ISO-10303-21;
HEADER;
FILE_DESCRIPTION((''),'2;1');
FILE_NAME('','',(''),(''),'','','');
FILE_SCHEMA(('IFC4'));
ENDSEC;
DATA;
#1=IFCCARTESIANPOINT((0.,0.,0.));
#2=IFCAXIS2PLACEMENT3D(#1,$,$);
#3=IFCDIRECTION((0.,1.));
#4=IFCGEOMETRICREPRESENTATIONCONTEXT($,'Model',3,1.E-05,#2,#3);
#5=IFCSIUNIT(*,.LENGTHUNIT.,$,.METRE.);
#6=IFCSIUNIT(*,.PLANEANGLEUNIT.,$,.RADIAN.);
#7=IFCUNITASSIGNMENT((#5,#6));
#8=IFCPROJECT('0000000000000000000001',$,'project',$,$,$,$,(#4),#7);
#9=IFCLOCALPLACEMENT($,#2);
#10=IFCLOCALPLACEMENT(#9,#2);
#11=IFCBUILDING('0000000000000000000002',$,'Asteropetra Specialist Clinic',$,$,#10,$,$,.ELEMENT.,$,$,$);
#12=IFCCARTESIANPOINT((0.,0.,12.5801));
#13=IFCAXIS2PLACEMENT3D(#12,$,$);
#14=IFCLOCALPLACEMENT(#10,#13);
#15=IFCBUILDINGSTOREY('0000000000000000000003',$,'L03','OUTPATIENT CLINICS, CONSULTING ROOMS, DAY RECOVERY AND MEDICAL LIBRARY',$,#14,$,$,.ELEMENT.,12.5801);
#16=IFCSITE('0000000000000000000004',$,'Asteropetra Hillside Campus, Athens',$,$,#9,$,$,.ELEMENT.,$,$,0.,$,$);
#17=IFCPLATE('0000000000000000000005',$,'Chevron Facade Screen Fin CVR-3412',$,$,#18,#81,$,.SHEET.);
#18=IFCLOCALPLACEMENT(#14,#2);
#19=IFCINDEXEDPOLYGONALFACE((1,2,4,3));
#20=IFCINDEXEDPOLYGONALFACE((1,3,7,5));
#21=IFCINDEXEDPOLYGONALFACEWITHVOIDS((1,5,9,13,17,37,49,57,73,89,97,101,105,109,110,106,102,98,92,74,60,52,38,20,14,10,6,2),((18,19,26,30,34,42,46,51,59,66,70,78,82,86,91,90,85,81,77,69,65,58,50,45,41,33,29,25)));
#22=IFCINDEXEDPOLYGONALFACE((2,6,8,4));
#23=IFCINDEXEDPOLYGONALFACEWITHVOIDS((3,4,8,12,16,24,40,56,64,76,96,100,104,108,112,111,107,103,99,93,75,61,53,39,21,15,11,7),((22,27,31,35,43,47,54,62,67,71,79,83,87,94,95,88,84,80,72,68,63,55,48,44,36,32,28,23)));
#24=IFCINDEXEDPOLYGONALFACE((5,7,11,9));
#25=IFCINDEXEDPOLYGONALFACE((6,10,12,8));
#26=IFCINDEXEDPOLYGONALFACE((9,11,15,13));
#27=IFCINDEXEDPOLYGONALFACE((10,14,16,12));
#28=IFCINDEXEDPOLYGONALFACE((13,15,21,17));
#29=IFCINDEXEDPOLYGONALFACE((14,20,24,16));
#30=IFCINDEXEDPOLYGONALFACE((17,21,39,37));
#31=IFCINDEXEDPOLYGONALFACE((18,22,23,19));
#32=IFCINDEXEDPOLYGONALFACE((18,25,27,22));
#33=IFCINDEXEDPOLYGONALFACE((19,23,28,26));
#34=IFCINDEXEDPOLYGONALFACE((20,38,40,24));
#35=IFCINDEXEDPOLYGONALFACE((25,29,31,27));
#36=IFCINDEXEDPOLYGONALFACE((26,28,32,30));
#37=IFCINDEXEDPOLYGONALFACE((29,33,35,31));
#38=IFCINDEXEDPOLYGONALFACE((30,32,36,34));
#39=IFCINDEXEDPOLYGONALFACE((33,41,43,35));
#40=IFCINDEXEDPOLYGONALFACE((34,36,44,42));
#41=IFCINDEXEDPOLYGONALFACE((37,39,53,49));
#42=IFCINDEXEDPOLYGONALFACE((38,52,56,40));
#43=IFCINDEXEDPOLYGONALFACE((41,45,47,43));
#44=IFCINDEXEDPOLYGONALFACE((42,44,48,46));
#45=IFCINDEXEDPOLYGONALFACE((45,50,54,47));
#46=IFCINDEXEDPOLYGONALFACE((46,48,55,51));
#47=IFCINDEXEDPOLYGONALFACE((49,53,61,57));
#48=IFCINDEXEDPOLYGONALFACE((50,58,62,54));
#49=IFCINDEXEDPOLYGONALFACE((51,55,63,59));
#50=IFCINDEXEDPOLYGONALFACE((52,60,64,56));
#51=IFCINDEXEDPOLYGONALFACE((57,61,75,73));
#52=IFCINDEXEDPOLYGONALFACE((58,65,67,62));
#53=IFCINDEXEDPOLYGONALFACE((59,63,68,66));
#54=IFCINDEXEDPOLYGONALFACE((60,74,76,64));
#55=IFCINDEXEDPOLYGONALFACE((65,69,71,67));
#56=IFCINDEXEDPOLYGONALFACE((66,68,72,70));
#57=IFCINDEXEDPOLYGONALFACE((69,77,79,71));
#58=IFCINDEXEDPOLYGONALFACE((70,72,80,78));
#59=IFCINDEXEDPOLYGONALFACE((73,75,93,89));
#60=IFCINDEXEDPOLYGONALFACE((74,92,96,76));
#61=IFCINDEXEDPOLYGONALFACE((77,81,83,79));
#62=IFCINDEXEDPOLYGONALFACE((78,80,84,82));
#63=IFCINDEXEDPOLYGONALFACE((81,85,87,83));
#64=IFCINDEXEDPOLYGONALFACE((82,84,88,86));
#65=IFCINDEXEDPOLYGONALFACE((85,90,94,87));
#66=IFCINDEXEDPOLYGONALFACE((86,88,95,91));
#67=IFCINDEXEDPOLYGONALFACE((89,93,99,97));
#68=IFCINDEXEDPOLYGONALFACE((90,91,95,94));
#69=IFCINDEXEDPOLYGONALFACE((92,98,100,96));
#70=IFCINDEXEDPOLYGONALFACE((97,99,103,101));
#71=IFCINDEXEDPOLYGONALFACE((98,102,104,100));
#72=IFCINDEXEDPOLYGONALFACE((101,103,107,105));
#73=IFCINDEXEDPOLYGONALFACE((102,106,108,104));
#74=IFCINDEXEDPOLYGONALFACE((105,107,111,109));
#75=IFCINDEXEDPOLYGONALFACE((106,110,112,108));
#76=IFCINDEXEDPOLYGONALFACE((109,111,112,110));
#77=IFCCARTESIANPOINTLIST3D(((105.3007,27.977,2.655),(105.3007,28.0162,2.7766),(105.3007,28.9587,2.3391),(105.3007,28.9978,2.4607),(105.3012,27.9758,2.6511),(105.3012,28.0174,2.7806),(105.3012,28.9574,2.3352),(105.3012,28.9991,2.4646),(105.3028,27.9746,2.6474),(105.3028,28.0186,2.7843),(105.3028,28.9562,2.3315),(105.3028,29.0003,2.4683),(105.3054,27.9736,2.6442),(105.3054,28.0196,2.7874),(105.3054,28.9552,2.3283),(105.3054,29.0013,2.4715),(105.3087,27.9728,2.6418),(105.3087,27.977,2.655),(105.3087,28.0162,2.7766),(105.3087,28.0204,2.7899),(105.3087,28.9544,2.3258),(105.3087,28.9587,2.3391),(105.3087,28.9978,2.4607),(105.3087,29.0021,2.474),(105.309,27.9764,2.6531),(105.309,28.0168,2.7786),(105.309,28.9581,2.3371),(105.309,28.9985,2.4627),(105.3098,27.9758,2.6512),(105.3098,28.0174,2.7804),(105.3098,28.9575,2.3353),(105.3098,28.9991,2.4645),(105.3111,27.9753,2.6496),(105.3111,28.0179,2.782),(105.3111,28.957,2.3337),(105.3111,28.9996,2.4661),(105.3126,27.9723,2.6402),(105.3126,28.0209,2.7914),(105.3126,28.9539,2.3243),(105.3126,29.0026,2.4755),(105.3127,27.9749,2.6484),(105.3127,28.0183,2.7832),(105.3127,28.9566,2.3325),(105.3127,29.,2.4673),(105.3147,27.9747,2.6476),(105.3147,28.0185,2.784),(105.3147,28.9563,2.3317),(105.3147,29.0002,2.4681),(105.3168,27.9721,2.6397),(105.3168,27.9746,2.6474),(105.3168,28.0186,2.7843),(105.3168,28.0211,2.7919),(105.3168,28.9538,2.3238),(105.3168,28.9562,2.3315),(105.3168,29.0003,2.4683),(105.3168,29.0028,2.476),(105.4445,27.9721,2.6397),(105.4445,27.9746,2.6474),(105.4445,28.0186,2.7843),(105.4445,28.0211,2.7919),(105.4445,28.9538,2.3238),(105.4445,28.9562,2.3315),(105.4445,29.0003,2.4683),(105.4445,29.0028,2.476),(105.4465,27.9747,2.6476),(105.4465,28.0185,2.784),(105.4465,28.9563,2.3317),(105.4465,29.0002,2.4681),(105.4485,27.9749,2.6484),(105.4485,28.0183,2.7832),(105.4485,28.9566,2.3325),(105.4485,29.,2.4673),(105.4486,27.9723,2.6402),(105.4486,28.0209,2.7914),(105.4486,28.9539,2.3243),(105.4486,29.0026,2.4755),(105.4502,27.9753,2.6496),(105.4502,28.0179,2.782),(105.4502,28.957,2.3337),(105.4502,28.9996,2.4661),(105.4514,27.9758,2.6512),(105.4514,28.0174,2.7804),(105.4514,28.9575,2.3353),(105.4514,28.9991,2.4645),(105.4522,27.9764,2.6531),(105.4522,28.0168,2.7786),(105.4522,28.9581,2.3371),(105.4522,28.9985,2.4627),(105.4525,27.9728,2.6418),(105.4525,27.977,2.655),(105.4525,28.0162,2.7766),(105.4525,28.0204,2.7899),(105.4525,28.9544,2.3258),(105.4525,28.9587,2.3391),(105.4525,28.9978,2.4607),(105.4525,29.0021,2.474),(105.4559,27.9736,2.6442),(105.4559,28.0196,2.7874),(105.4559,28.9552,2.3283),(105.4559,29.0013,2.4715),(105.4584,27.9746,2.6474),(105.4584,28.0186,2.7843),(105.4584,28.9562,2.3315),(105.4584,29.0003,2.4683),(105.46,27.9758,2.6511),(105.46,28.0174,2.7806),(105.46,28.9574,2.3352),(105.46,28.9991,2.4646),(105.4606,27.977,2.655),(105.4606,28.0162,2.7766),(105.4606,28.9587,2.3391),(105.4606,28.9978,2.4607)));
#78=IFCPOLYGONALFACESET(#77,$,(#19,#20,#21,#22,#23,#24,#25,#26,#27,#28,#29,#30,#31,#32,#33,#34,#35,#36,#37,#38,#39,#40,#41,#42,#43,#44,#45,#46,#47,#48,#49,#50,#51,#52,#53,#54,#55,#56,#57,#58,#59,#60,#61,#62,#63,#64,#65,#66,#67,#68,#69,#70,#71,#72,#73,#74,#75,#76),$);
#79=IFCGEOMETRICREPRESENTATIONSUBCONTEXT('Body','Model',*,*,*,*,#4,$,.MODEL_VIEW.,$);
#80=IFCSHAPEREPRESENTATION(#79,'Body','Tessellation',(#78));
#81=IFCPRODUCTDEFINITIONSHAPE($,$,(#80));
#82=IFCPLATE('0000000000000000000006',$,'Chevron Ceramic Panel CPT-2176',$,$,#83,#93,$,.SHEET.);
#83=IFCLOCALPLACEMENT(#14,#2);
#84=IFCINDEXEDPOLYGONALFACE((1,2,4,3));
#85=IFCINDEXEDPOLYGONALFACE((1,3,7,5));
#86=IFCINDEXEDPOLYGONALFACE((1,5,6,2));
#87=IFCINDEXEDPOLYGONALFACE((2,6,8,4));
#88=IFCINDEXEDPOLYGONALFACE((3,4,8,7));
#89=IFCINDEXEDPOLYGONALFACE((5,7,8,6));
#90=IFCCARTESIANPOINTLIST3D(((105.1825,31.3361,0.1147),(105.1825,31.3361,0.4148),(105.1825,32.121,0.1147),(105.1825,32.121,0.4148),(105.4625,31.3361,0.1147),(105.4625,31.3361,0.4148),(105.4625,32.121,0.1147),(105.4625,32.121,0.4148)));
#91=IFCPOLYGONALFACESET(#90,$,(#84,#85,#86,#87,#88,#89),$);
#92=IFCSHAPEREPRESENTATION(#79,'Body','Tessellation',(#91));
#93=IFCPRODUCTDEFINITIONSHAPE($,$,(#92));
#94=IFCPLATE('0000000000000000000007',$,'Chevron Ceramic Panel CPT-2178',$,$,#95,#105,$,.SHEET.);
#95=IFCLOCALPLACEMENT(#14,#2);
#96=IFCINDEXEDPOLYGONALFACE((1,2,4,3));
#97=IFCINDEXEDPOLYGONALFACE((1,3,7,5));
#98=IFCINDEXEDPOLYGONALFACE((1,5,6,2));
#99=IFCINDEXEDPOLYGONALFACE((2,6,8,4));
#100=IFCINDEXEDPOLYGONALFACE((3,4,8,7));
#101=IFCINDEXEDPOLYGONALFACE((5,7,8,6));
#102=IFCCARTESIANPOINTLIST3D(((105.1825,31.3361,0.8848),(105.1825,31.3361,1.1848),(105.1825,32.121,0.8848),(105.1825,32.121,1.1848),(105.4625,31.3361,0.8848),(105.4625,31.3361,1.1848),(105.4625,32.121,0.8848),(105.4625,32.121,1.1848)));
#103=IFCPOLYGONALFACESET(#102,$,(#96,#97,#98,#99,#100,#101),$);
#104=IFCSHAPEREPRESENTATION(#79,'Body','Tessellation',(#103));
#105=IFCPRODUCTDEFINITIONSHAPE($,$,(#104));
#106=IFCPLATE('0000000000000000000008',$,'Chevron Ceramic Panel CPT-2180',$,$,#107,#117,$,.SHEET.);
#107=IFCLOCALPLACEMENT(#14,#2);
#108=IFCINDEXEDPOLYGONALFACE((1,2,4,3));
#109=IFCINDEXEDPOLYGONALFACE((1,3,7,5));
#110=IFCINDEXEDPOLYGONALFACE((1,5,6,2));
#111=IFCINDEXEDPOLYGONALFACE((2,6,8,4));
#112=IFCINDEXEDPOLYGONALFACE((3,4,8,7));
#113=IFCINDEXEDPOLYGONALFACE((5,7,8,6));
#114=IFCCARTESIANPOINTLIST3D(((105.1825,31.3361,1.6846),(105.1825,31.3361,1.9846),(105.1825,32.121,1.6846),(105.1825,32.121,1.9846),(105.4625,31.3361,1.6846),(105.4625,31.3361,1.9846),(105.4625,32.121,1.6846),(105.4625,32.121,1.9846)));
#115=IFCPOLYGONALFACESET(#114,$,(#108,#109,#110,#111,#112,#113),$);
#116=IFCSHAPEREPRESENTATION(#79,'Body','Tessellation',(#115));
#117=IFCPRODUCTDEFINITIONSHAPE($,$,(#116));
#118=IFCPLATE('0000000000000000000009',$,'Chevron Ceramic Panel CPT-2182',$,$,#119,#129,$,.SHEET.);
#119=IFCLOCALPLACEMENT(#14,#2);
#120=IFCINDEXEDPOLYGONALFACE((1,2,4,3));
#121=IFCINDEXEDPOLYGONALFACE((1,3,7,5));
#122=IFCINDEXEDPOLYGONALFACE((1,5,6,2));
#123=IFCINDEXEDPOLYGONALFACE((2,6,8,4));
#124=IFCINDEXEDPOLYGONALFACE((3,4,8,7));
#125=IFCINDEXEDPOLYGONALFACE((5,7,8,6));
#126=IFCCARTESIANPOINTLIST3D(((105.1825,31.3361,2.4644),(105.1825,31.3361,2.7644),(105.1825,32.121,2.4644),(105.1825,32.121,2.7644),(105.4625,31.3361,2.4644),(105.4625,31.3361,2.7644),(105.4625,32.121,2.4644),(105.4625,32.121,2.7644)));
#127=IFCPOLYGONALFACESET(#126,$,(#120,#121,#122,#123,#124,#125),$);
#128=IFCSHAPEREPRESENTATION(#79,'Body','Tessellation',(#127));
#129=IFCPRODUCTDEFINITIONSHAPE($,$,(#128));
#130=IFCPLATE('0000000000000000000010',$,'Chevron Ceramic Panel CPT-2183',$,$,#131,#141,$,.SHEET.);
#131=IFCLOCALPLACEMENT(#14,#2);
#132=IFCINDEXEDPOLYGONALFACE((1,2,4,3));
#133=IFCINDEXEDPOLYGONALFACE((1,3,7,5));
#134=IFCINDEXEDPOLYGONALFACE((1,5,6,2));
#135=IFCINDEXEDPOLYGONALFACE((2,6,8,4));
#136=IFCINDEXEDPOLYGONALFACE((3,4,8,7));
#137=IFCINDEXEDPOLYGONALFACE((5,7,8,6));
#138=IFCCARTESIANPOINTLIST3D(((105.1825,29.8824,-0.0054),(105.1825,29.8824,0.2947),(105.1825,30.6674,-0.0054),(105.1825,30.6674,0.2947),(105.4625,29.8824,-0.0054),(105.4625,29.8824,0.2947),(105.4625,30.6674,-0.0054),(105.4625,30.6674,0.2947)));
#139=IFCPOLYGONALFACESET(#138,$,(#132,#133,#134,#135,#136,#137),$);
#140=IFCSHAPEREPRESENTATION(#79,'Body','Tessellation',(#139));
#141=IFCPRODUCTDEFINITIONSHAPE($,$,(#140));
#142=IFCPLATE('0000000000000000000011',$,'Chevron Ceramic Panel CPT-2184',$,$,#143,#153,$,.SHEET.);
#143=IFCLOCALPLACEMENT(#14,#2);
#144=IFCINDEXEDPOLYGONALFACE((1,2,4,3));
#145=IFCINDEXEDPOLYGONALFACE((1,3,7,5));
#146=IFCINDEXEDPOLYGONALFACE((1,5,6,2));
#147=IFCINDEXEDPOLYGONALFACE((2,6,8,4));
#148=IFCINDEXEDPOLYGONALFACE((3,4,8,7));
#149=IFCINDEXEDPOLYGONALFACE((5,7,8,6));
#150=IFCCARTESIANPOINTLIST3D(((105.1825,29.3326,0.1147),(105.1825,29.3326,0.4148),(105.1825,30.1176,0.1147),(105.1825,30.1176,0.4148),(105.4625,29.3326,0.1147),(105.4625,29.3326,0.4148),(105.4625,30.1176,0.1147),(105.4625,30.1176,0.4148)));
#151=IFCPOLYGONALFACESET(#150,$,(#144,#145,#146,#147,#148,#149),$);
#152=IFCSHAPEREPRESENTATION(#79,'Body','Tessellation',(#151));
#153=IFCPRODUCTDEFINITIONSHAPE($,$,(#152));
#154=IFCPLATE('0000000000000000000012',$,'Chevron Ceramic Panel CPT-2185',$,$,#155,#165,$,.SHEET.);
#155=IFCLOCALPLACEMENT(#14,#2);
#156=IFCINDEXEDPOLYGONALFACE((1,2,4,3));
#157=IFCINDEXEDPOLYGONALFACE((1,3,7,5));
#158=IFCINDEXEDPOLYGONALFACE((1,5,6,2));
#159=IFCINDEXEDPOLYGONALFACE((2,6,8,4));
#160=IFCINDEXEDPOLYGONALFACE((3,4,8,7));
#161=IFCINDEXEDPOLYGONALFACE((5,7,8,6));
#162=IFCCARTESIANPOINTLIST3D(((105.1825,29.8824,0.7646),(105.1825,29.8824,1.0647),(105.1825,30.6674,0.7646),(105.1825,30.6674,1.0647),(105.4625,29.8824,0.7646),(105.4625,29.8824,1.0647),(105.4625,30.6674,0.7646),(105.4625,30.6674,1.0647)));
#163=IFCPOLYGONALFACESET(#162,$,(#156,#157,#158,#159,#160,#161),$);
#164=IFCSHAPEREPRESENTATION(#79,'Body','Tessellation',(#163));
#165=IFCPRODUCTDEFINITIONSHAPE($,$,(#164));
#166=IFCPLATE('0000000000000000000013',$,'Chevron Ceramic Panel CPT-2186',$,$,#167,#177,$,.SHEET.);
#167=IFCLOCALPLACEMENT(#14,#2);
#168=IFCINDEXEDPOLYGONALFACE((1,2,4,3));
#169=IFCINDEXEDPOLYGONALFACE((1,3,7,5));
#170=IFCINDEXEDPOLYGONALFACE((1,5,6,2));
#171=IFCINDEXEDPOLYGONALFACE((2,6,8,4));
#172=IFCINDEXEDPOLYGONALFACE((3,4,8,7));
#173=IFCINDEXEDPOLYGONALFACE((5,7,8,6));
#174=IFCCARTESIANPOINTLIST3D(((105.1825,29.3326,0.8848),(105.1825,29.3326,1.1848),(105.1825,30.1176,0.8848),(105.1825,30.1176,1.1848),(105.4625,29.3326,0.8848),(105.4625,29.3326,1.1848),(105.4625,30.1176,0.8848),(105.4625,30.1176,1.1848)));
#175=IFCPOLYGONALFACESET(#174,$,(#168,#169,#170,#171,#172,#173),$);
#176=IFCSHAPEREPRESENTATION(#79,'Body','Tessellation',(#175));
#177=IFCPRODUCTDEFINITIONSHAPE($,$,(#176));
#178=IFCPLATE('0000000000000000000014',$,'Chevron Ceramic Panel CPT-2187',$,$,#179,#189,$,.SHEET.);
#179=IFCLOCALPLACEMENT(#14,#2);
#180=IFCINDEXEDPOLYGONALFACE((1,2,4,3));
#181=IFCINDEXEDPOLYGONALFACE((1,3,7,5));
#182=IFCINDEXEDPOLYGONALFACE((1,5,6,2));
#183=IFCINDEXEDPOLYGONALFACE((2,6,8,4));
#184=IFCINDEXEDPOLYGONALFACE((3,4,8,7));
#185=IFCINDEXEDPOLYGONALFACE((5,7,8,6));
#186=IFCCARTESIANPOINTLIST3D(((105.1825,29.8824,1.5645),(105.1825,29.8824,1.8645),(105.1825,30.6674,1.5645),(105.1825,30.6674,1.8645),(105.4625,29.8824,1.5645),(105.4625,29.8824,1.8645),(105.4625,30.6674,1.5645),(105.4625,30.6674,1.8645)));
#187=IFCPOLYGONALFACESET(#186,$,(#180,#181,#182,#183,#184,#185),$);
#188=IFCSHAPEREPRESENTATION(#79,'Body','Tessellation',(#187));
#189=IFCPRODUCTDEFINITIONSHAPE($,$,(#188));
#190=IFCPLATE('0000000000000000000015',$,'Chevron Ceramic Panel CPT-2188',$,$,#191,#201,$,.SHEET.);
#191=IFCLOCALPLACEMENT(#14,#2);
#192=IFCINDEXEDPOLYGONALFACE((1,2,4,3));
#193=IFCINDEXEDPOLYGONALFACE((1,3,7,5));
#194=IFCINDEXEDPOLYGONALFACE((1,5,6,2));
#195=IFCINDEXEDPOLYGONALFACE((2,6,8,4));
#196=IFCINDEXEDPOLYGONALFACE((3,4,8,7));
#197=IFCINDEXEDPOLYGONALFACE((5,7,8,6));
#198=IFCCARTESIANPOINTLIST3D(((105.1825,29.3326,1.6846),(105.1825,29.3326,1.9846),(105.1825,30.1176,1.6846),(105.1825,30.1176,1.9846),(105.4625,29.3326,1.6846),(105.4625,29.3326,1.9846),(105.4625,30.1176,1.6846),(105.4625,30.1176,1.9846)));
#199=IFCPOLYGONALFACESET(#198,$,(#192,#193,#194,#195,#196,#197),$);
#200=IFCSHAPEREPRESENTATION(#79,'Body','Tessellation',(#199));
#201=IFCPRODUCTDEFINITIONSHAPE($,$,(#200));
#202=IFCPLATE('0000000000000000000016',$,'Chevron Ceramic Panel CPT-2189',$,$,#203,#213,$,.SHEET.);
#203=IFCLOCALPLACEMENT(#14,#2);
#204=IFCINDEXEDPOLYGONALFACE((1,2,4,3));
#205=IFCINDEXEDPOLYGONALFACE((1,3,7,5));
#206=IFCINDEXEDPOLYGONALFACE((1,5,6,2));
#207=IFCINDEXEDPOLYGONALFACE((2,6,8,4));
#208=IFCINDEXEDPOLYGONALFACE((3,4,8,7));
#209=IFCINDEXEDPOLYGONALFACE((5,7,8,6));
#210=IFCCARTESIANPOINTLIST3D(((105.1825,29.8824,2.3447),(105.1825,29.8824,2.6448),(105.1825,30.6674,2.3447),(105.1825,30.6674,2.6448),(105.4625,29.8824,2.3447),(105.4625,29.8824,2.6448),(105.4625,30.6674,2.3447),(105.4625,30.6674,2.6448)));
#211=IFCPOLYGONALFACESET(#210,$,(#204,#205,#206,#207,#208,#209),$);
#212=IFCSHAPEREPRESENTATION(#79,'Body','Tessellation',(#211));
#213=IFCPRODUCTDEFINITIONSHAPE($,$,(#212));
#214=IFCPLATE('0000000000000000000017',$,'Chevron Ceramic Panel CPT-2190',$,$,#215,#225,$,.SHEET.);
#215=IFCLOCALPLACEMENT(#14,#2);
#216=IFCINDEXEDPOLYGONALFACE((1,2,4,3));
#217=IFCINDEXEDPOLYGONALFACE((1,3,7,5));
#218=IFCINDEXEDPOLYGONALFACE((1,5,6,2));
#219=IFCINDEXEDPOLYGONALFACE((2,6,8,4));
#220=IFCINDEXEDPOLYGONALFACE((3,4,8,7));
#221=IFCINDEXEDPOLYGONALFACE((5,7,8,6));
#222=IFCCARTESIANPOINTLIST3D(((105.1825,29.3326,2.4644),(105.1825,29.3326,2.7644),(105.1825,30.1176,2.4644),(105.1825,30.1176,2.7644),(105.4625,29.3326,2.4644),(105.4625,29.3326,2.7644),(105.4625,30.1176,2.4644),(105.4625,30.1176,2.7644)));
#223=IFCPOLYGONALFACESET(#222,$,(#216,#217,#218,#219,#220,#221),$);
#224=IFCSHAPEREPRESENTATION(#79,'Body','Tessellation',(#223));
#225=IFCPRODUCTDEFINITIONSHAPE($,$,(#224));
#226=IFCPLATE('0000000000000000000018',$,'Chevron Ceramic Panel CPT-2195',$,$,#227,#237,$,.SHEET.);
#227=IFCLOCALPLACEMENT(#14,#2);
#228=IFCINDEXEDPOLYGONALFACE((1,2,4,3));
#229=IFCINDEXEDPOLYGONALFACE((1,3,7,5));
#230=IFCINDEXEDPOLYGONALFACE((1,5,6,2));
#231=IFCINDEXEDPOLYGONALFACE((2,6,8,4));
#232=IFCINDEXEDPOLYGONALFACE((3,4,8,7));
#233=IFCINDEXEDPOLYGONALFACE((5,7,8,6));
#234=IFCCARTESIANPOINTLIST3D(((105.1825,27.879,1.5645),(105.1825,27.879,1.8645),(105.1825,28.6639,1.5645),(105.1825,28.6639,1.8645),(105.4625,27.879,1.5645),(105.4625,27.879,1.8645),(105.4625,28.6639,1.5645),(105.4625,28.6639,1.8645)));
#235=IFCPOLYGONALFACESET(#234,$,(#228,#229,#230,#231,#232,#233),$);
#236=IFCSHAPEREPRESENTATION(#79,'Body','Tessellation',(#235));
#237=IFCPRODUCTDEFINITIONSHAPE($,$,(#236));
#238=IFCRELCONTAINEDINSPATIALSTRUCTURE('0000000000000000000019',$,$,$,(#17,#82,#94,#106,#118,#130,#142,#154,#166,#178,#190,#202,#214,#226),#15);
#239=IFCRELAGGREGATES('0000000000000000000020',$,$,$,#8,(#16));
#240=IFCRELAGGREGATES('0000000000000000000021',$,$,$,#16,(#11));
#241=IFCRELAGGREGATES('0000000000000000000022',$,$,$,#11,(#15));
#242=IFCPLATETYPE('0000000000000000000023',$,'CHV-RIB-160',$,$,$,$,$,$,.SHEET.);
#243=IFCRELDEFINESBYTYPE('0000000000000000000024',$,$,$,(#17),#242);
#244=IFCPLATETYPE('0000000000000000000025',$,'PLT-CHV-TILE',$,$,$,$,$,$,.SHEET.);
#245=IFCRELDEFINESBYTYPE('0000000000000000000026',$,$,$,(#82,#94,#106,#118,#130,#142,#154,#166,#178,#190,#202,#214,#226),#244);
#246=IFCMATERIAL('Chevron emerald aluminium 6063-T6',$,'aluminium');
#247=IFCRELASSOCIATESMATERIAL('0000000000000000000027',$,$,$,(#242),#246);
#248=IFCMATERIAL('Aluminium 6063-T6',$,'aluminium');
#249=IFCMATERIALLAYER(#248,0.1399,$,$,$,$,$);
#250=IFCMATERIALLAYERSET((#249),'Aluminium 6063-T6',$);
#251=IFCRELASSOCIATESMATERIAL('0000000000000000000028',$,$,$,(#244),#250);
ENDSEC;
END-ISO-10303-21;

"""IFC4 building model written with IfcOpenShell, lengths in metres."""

from ifc_helpers import new_model, si_unit, direction, frame, origin, origin_2d, place, context, subcontext, project, spatial, rectangle, hollow_rectangle, extrude, material, layer, layer_set, material_profile, profile_set, type_object, element, save


model = new_model("IFC4")

# Units and contexts
model_context = context("Model", 3, precision=1e-05, world=origin(), true_north=direction((0.0, 1.0)))
body_context = subcontext(model_context, "Body", "Model", "MODEL_VIEW")
ifc_project = project(units=[si_unit("LENGTHUNIT", "METRE"), si_unit("PLANEANGLEUNIT", "RADIAN")], contexts=[model_context])

# Site, building, storey
site_placement = place(None, origin())
site = spatial("IfcSite", under=ifc_project, at=site_placement, Name="Asteropetra Hillside Campus, Athens", CompositionType="ELEMENT", RefElevation=0.0)
building_placement = place(site_placement, origin())
building = spatial("IfcBuilding", under=site, at=building_placement, Name="Asteropetra Specialist Clinic", CompositionType="ELEMENT")
storey_placement = place(building_placement, frame((0.0, 0.0, 12.5801)))
storey = spatial("IfcBuildingStorey", under=building, at=storey_placement, Name="L03", Description="OUTPATIENT CLINICS, CONSULTING ROOMS, DAY RECOVERY AND MEDICAL LIBRARY", CompositionType="ELEMENT", Elevation=12.5801)

# Plates
ifc_material_1 = material(Name="Chevron emerald aluminium 6063-T6", Category="aluminium")
ifc_material_profile = material_profile(ifc_material_1, hollow_rectangle(XDim=0.1599, YDim=0.1599, WallThickness=0.0081, InnerFilletRadius=0.0081, OuterFilletRadius=0.0161, at=origin_2d()), Name="SHS 160x160x8.0")
ifc_profile_set = profile_set([ifc_material_profile], Name="Chevron emerald aluminium 6063-T6")
plate_type_1 = type_object("IfcPlateType", Name="CHV-RIB-160", PredefinedType="SHEET", material=ifc_profile_set)
for number, where, z_axis, x_axis, name in (
    (1, (105.3806, 28.9783, 2.3999), (0.0, -0.951923, 0.306339), (1.0, 0.0, 0.0), "Chevron Facade Screen Fin CVR-3412"),
):
    element("IfcPlate", number, at=place(storey_placement, frame(where, z_axis=z_axis, x_axis=x_axis)), inside=storey, type_object=plate_type_1, Name=name, PredefinedType="SHEET", context=body_context, shape_type="SweptSolid", body=[
        extrude(hollow_rectangle(XDim=0.1599, YDim=0.1599, WallThickness=0.0081, InnerFilletRadius=0.0081, OuterFilletRadius=0.0161, at=origin_2d()), origin(), (0.0, 0.0, 1.0), 1.0312),
    ])
ifc_material_2 = material(Name="Aluminium 6063-T6", Category="aluminium")
ifc_layer_1 = layer(ifc_material_2, 0.1399)
ifc_layer_set_1 = layer_set([ifc_layer_1], Name="Aluminium 6063-T6")
plate_type_2 = type_object("IfcPlateType", Name="PLT-CHV-TILE", PredefinedType="SHEET", material=ifc_layer_set_1)
for number, where, z_axis, x_axis, name in (
    (2, (105.3225, 31.7285, 0.1147), (0.0, 0.0, 1.0), (1.0, 0.0, 0.0), "Chevron Ceramic Panel CPT-2176"),
    (3, (105.3225, 31.7285, 0.8848), (0.0, 0.0, 1.0), (1.0, 0.0, 0.0), "Chevron Ceramic Panel CPT-2178"),
    (4, (105.3225, 31.7285, 1.6846), (0.0, 0.0, 1.0), (1.0, 0.0, 0.0), "Chevron Ceramic Panel CPT-2180"),
    (5, (105.3225, 31.7285, 2.4644), (0.0, 0.0, 1.0), (1.0, 0.0, 0.0), "Chevron Ceramic Panel CPT-2182"),
    (6, (105.3225, 30.2749, -0.0054), (0.0, 0.0, 1.0), (1.0, 0.0, 0.0), "Chevron Ceramic Panel CPT-2183"),
    (7, (105.3225, 29.7251, 0.1147), (0.0, 0.0, 1.0), (1.0, 0.0, 0.0), "Chevron Ceramic Panel CPT-2184"),
    (8, (105.3225, 30.2749, 0.7646), (0.0, 0.0, 1.0), (1.0, 0.0, 0.0), "Chevron Ceramic Panel CPT-2185"),
    (9, (105.3225, 29.7251, 0.8848), (0.0, 0.0, 1.0), (1.0, 0.0, 0.0), "Chevron Ceramic Panel CPT-2186"),
    (10, (105.3225, 30.2749, 1.5645), (0.0, 0.0, 1.0), (1.0, 0.0, 0.0), "Chevron Ceramic Panel CPT-2187"),
    (11, (105.3225, 29.7251, 1.6846), (0.0, 0.0, 1.0), (1.0, 0.0, 0.0), "Chevron Ceramic Panel CPT-2188"),
    (12, (105.3225, 30.2749, 2.3447), (0.0, 0.0, 1.0), (1.0, 0.0, 0.0), "Chevron Ceramic Panel CPT-2189"),
    (13, (105.3225, 29.7251, 2.4644), (0.0, 0.0, 1.0), (1.0, 0.0, 0.0), "Chevron Ceramic Panel CPT-2190"),
    (14, (105.3225, 28.2715, 1.5645), (0.0, 0.0, 1.0), (1.0, 0.0, 0.0), "Chevron Ceramic Panel CPT-2195"),
):
    element("IfcPlate", number, at=place(storey_placement, frame(where, z_axis=z_axis, x_axis=x_axis)), inside=storey, type_object=plate_type_2, Name=name, PredefinedType="SHEET", context=body_context, shape_type="SweptSolid", body=[
        extrude(rectangle(XDim=0.28, YDim=0.7849, at=origin_2d()), origin(), (0.0, 0.0, 1.0), 0.3),
    ])

save(model, "model.ifc")
